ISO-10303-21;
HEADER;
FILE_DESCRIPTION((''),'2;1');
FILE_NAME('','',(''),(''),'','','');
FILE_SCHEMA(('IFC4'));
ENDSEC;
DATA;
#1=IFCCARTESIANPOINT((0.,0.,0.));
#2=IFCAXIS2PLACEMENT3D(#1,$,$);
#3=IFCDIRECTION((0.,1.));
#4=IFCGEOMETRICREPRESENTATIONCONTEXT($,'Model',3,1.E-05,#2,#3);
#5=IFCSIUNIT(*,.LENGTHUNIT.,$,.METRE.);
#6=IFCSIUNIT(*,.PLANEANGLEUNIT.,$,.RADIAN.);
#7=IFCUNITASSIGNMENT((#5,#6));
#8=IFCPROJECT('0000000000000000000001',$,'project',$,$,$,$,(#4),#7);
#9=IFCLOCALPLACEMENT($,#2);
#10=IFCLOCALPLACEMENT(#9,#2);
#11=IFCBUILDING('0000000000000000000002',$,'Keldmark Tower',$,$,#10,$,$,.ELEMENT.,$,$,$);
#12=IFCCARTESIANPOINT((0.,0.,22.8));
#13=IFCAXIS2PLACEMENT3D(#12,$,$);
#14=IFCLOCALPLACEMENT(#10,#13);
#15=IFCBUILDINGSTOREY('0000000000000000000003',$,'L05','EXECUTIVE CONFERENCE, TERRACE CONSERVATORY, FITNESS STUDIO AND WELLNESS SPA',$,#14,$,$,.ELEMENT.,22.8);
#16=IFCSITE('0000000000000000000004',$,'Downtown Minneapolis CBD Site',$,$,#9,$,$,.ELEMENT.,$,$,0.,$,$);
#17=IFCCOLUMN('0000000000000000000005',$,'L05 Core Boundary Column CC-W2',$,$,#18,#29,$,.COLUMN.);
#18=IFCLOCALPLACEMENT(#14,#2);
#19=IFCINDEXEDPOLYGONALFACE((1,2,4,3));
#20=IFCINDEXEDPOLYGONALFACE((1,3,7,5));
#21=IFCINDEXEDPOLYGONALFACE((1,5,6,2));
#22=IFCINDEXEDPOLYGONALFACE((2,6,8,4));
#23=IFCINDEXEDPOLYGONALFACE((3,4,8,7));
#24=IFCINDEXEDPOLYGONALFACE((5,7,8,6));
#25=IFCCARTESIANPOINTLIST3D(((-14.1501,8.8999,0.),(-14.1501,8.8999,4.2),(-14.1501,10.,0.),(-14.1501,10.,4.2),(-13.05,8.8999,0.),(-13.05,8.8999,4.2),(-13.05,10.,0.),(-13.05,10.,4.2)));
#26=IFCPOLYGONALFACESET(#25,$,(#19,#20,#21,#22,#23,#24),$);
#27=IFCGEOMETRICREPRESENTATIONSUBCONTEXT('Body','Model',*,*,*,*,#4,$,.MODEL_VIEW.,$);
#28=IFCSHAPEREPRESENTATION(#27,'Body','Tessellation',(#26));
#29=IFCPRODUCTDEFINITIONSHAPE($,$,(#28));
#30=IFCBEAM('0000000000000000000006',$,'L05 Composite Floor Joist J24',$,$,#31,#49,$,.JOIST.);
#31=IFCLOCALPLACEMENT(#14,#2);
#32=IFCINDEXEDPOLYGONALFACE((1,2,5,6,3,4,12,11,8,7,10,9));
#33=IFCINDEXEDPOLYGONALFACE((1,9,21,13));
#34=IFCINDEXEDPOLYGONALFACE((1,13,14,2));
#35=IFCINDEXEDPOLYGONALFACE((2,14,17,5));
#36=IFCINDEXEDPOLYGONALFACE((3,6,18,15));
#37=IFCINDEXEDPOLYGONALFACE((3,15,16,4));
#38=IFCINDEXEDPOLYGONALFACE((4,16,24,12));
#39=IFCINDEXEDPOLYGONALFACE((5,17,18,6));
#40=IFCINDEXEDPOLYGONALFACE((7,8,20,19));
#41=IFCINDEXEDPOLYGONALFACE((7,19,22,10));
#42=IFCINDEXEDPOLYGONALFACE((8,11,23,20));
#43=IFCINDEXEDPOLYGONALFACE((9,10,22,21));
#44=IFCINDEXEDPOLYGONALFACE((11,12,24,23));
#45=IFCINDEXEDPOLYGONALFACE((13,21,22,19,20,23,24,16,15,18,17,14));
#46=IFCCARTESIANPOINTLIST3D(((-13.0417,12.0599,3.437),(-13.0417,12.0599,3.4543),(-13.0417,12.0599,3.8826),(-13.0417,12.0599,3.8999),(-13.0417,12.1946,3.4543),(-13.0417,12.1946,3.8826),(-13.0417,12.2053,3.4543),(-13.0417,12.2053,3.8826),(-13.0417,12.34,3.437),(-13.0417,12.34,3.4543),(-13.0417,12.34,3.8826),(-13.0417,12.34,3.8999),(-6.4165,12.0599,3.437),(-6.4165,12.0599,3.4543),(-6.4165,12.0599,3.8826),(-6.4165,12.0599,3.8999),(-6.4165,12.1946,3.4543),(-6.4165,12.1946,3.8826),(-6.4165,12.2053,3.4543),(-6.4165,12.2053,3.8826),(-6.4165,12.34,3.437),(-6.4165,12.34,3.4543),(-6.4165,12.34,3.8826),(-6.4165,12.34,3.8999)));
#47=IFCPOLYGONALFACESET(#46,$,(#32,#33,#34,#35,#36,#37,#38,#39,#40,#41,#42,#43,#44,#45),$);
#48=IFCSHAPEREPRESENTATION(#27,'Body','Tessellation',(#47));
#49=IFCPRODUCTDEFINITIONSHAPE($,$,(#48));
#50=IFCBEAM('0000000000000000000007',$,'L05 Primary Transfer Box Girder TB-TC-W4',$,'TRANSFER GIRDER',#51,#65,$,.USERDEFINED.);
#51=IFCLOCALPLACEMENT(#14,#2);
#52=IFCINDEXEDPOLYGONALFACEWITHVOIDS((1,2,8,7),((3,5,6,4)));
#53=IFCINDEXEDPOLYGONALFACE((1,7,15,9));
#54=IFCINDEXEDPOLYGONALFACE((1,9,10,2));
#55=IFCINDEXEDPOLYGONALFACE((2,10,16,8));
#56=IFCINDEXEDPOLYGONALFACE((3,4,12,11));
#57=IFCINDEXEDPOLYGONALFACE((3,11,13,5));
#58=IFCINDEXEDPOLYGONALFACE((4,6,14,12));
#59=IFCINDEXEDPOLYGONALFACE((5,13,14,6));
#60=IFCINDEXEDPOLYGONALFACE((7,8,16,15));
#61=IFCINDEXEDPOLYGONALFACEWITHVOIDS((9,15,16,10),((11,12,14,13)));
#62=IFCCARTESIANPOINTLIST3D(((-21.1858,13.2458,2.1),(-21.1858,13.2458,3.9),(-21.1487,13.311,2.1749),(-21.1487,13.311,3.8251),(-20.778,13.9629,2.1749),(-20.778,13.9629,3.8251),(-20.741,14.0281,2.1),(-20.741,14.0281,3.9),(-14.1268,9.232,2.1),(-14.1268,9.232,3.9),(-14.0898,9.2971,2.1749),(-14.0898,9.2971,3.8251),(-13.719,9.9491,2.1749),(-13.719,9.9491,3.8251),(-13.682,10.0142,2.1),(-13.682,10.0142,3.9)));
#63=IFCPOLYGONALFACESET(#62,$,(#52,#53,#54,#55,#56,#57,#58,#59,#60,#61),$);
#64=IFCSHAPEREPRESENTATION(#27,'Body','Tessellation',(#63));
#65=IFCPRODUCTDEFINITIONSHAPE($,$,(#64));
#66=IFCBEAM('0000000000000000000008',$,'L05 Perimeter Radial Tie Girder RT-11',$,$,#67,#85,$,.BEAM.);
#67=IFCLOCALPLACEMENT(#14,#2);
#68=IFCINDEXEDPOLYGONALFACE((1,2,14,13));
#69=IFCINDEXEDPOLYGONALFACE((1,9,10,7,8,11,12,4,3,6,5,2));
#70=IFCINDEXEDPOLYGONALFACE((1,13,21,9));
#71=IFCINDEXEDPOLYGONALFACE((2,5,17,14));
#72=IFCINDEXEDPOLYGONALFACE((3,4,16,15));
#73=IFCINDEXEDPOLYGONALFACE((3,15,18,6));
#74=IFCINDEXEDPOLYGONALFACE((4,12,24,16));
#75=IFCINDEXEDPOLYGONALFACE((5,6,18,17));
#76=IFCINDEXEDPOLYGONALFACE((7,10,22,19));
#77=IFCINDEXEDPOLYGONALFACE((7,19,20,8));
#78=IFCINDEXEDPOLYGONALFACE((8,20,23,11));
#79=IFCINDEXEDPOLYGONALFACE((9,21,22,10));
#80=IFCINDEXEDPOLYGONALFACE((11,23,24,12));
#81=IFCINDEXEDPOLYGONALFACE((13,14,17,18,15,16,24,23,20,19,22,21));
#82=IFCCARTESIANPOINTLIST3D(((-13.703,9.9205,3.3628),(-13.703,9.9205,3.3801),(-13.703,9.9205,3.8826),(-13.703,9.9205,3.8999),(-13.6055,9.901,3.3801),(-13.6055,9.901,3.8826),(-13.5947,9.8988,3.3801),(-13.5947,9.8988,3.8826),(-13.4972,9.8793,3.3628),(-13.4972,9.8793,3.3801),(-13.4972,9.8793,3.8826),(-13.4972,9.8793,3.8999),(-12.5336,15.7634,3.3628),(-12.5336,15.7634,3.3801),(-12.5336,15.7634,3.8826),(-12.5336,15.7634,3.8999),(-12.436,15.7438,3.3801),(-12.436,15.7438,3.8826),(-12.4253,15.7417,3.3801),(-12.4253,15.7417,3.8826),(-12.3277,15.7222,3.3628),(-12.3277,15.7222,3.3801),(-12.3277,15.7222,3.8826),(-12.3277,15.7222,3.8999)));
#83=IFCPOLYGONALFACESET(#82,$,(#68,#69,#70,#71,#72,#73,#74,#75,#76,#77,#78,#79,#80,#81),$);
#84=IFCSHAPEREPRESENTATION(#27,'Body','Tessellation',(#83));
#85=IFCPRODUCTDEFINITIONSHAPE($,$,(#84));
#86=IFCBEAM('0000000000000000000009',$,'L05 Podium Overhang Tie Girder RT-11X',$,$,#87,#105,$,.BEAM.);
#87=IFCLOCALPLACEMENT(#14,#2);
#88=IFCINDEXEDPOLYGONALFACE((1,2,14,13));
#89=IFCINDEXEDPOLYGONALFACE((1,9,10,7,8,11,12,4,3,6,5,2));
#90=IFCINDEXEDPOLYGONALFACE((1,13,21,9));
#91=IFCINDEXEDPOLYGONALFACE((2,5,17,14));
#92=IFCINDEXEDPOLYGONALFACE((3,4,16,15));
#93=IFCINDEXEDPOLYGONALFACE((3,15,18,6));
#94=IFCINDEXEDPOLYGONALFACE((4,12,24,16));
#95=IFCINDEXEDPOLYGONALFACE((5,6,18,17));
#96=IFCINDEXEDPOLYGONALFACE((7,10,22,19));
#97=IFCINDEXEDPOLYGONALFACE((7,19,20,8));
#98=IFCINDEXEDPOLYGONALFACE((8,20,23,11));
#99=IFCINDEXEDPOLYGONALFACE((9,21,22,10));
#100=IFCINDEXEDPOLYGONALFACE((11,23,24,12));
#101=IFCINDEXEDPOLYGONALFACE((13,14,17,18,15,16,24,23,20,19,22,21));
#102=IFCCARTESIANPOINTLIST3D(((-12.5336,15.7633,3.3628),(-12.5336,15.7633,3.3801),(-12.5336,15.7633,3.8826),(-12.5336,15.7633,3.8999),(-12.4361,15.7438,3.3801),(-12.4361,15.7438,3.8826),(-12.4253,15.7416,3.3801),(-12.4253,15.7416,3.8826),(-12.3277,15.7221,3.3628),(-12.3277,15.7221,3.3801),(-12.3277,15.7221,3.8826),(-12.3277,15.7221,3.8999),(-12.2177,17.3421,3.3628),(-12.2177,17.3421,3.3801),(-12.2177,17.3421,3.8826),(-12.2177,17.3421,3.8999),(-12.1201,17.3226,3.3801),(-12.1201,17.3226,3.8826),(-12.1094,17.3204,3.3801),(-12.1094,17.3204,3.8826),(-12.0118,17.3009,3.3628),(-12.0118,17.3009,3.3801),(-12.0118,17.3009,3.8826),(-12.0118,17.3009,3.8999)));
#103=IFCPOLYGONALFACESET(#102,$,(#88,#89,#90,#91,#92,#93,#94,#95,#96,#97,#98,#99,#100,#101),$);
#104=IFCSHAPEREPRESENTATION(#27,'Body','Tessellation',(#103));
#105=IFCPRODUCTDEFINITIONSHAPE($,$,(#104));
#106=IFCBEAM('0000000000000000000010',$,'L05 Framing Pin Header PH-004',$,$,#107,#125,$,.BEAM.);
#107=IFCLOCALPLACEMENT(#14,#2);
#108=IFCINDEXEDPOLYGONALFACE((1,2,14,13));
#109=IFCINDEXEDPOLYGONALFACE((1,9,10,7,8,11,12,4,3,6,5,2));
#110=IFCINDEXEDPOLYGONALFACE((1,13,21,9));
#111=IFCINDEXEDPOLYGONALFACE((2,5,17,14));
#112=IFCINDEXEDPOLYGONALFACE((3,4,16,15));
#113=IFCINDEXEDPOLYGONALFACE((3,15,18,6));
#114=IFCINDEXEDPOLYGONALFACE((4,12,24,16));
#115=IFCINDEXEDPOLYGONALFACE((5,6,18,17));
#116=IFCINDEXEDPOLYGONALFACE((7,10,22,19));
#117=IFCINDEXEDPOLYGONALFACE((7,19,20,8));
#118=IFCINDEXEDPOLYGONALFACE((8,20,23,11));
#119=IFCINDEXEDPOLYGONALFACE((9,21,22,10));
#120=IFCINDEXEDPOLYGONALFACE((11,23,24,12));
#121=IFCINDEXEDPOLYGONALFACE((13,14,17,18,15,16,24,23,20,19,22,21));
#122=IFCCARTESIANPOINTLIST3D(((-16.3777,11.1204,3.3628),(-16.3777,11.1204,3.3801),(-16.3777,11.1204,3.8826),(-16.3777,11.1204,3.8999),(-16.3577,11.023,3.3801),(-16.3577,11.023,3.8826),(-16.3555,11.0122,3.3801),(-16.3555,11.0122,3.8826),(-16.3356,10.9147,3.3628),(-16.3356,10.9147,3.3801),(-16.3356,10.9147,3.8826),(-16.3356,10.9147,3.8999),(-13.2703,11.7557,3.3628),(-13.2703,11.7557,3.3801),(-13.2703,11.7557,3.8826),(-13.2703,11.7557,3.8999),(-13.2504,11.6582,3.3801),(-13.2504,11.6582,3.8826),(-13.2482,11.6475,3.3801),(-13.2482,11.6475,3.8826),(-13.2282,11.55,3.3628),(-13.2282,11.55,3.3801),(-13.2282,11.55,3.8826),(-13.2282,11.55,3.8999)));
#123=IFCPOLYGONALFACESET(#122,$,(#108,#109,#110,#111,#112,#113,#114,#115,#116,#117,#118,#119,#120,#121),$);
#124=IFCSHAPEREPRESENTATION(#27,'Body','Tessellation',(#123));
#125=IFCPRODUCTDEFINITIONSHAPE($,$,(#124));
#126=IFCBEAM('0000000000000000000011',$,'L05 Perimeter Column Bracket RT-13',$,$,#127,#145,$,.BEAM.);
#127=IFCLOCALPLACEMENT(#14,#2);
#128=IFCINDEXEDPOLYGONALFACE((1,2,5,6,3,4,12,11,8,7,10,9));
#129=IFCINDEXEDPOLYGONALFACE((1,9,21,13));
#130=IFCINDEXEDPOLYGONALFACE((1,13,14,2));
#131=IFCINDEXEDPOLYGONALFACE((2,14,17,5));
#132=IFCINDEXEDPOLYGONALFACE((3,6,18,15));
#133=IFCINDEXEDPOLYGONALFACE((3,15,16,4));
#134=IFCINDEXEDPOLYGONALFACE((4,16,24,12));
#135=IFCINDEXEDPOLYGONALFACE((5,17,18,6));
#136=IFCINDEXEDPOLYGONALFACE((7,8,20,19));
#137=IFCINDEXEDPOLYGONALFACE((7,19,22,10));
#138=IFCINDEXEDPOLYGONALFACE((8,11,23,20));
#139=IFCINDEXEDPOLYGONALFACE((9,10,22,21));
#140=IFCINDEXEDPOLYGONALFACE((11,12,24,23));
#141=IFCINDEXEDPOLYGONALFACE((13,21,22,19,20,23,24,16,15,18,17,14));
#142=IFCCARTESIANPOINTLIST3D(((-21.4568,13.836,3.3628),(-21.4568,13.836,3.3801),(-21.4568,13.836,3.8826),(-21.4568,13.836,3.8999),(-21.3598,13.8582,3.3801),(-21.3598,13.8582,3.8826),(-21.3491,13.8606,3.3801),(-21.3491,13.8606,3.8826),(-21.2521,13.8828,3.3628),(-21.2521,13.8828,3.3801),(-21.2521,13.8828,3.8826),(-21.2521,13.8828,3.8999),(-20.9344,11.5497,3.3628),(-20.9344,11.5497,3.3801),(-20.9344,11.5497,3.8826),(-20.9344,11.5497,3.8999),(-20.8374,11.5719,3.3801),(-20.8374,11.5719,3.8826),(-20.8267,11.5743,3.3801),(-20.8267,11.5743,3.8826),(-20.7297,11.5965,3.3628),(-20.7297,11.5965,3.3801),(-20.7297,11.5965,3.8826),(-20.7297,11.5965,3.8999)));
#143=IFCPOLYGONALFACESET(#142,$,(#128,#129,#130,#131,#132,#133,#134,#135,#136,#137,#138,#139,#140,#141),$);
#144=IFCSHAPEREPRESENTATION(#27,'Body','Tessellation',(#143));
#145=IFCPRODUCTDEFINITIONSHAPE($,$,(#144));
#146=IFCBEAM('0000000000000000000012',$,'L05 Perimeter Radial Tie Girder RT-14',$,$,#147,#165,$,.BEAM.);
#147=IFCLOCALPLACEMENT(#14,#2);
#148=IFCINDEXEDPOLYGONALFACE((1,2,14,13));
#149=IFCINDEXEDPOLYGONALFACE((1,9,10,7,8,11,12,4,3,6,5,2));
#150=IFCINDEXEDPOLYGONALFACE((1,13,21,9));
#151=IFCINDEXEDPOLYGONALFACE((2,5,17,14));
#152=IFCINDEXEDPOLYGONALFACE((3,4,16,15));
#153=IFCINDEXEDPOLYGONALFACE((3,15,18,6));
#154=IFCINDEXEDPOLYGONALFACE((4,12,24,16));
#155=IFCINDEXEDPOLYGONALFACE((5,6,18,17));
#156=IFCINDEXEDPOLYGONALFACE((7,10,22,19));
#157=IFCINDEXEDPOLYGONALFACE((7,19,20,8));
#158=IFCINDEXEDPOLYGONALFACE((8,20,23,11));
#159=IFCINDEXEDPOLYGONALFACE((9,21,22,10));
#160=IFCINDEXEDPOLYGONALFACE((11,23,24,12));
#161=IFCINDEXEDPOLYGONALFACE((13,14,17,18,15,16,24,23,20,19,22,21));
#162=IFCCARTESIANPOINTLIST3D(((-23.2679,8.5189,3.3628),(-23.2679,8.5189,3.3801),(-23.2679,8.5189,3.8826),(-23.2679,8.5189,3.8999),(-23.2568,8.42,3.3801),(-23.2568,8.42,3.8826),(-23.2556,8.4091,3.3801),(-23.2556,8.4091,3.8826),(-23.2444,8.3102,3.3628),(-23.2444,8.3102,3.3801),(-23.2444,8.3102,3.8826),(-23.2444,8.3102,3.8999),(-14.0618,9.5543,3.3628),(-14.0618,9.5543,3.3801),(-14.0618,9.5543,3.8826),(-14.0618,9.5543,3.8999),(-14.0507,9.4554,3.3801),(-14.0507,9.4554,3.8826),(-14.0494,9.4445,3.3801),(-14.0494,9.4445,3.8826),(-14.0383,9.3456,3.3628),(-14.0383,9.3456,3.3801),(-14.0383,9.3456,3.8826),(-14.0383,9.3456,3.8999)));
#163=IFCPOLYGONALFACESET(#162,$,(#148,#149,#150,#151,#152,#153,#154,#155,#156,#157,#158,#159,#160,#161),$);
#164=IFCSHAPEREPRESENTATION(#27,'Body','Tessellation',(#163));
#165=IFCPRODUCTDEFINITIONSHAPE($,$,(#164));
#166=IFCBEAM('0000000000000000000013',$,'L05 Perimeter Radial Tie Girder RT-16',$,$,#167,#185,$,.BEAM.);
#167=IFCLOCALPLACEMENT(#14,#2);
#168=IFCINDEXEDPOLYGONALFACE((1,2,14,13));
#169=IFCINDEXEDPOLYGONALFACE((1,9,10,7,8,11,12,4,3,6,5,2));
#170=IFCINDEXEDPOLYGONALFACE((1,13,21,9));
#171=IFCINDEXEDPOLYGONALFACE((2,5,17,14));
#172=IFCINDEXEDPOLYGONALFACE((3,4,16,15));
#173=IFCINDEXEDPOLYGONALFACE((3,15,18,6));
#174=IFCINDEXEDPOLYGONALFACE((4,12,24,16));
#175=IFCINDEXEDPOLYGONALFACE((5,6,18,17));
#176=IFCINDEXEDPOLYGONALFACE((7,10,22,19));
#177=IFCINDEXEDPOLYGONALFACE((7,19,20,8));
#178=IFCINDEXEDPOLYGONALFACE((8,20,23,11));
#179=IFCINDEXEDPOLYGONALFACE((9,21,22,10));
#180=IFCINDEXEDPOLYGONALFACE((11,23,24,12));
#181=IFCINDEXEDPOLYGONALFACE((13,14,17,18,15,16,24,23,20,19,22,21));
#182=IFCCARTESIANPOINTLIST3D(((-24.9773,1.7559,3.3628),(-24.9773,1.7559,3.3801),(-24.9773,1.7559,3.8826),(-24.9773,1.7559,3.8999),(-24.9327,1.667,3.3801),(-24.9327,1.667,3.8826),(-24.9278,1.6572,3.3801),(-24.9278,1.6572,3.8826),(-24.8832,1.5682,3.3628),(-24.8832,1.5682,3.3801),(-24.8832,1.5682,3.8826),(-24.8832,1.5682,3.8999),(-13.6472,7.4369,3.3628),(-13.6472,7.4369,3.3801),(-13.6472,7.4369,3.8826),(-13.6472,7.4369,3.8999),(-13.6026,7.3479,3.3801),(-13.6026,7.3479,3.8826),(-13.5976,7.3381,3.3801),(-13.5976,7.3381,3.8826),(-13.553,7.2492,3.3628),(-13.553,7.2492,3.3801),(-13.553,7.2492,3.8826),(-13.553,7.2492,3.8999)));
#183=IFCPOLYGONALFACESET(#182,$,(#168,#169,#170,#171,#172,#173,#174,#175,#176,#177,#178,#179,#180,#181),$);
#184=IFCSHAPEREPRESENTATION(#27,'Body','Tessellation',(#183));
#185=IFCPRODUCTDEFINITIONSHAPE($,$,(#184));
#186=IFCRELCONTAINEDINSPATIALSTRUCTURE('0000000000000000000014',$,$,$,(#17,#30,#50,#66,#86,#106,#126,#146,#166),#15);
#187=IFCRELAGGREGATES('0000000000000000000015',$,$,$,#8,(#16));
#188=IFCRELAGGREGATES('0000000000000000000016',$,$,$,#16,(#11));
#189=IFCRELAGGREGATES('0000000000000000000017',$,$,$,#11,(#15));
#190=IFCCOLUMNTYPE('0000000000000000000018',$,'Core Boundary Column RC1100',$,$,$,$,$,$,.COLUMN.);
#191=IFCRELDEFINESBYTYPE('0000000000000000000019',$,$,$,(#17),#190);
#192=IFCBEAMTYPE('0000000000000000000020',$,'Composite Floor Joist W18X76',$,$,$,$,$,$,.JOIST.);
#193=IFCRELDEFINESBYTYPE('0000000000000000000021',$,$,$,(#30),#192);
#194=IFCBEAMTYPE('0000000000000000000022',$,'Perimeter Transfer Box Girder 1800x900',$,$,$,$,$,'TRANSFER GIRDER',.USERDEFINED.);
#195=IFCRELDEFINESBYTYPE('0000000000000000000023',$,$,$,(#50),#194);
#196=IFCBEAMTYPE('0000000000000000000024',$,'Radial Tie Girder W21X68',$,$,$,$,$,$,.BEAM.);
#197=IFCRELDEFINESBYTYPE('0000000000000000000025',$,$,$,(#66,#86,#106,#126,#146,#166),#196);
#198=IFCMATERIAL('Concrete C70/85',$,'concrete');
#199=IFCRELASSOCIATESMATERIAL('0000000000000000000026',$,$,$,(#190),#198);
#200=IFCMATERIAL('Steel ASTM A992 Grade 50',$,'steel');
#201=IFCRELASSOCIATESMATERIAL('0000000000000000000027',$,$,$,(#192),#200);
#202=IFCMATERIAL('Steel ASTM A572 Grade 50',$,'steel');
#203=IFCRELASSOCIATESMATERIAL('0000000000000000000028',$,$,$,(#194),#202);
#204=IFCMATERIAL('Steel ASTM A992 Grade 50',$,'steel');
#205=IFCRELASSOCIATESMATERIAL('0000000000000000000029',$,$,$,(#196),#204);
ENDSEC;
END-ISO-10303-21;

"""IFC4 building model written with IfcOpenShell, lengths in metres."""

from ifc_helpers import new_model, si_unit, direction, frame, origin, origin_2d, place, context, subcontext, project, spatial, rectangle, hollow_rectangle, i_section, extrude, material, material_profile, profile_set, type_object, element, save


model = new_model("IFC4")

# Units and contexts
model_context = context("Model", 3, precision=1e-05, world=origin(), true_north=direction((0.0, 1.0)))
body_context = subcontext(model_context, "Body", "Model", "MODEL_VIEW")
ifc_project = project(units=[si_unit("LENGTHUNIT", "METRE"), si_unit("PLANEANGLEUNIT", "RADIAN")], contexts=[model_context])

# Site, building, storey
site_placement = place(None, origin())
site = spatial("IfcSite", under=ifc_project, at=site_placement, Name="Downtown Minneapolis CBD Site", CompositionType="ELEMENT", RefElevation=0.0)
building_placement = place(site_placement, origin())
building = spatial("IfcBuilding", under=site, at=building_placement, Name="Keldmark Tower", CompositionType="ELEMENT")
storey_placement = place(building_placement, frame((0.0, 0.0, 22.8)))
storey = spatial("IfcBuildingStorey", under=building, at=storey_placement, Name="L05", Description="EXECUTIVE CONFERENCE, TERRACE CONSERVATORY, FITNESS STUDIO AND WELLNESS SPA", CompositionType="ELEMENT", Elevation=22.8)

# Column
ifc_material_1 = material(Name="Concrete C70/85", Category="concrete")
ifc_material_profile_1 = material_profile(ifc_material_1, rectangle(XDim=1.1001, YDim=1.1001, at=origin_2d()), Name="RC1100X1100")
ifc_profile_set_1 = profile_set([ifc_material_profile_1], Name="Concrete C70/85")
column_type = type_object("IfcColumnType", Name="Core Boundary Column RC1100", PredefinedType="COLUMN", material=ifc_profile_set_1)
column_placement = place(storey_placement, frame((-13.6001, 9.45, 0.0), z_axis=(0.0, 0.0, 1.0), x_axis=(1.0, 0.0, 0.0)))
element("IfcColumn", 1, at=column_placement, inside=storey, type_object=column_type, Name="L05 Core Boundary Column CC-W2", PredefinedType="COLUMN", context=body_context, shape_type="SweptSolid", body=[
    extrude(rectangle(XDim=1.1001, YDim=1.1001, at=origin_2d()), origin(), (0.0, 0.0, 1.0), 4.2),
])

# Beams
ifc_material_2 = material(Name="Steel ASTM A992 Grade 50", Category="steel")
ifc_material_profile_2 = material_profile(ifc_material_2, i_section(OverallWidth=0.28, OverallDepth=0.4629, WebThickness=0.0107, FlangeThickness=0.0173, at=origin_2d()), Name="W18X76")
ifc_profile_set_2 = profile_set([ifc_material_profile_2], Name="Steel ASTM A992 Grade 50")
beam_type_1 = type_object("IfcBeamType", Name="Composite Floor Joist W18X76", PredefinedType="JOIST", material=ifc_profile_set_2)
beam_1_placement = place(storey_placement, frame((-13.0417, 12.2, 3.6685), z_axis=(1.0, 0.0, 0.0), x_axis=(0.0, 1.0, 0.0)))
element("IfcBeam", 2, at=beam_1_placement, inside=storey, type_object=beam_type_1, Name="L05 Composite Floor Joist J24", PredefinedType="JOIST", context=body_context, shape_type="SweptSolid", body=[
    extrude(i_section(OverallWidth=0.28, OverallDepth=0.4629, WebThickness=0.0107, FlangeThickness=0.0173, at=origin_2d()), origin(), (0.0, 0.0, 1.0), 6.6252),
])
ifc_material_3 = material(Name="Steel ASTM A572 Grade 50", Category="steel")
ifc_material_profile_3 = material_profile(ifc_material_3, hollow_rectangle(XDim=0.8999, YDim=1.8, WallThickness=0.075, at=origin_2d()), Name="TBOX1800X900X75")
ifc_profile_set_3 = profile_set([ifc_material_profile_3], Name="Steel ASTM A572 Grade 50")
beam_type_2 = type_object("IfcBeamType", Name="Perimeter Transfer Box Girder 1800x900", ElementType="TRANSFER GIRDER", PredefinedType="USERDEFINED", material=ifc_profile_set_3)
beam_2_placement = place(storey_placement, frame((-20.9634, 13.637, 3.0), z_axis=(0.869294, -0.494296, 0.0), x_axis=(0.494296, 0.869294, 0.0)))
element("IfcBeam", 3, at=beam_2_placement, inside=storey, type_object=beam_type_2, Name="L05 Primary Transfer Box Girder TB-TC-W4", ObjectType="TRANSFER GIRDER", PredefinedType="USERDEFINED", context=body_context, shape_type="SweptSolid", body=[
    extrude(hollow_rectangle(XDim=0.8999, YDim=1.8, WallThickness=0.075, at=origin_2d()), origin(), (0.0, 0.0, 1.0), 8.1204),
])
ifc_material_4 = material(Name="Steel ASTM A992 Grade 50", Category="steel")
ifc_material_profile_4 = material_profile(ifc_material_4, i_section(OverallWidth=0.21, OverallDepth=0.5371, WebThickness=0.011, FlangeThickness=0.0173, at=origin_2d()), Name="W21X68")
ifc_profile_set_4 = profile_set([ifc_material_profile_4], Name="Steel ASTM A992 Grade 50")
beam_type_3 = type_object("IfcBeamType", Name="Radial Tie Girder W21X68", PredefinedType="BEAM", material=ifc_profile_set_4)
beam_3_placement = place(storey_placement, frame((-13.6001, 9.8999, 3.6313), z_axis=(0.196258, 0.980552, 0.0), x_axis=(-0.980552, 0.196258, 0.0)))
element("IfcBeam", 4, at=beam_3_placement, inside=storey, type_object=beam_type_3, Name="L05 Perimeter Radial Tie Girder RT-11", PredefinedType="BEAM", context=body_context, shape_type="SweptSolid", body=[
    extrude(i_section(OverallWidth=0.21, OverallDepth=0.5371, WebThickness=0.011, FlangeThickness=0.0173, at=origin_2d()), origin(), (0.0, 0.0, 1.0), 5.9587),
])
beam_4_placement = place(storey_placement, frame((-12.4307, 15.7427, 3.6313), z_axis=(0.196204, 0.980563, 0.0), x_axis=(-0.980563, 0.196204, 0.0)))
element("IfcBeam", 5, at=beam_4_placement, inside=storey, type_object=beam_type_3, Name="L05 Podium Overhang Tie Girder RT-11X", PredefinedType="BEAM", context=body_context, shape_type="SweptSolid", body=[
    extrude(i_section(OverallWidth=0.21, OverallDepth=0.5371, WebThickness=0.011, FlangeThickness=0.0173, at=origin_2d()), origin(), (0.0, 0.0, 1.0), 1.6101),
])
beam_5_placement = place(storey_placement, frame((-13.2493, 11.6528, 3.6313), z_axis=(-0.979737, -0.200289, 0.0), x_axis=(0.200289, -0.979737, 0.0)))
element("IfcBeam", 6, at=beam_5_placement, inside=storey, type_object=beam_type_3, Name="L05 Framing Pin Header PH-004", PredefinedType="BEAM", context=body_context, shape_type="SweptSolid", body=[
    extrude(i_section(OverallWidth=0.21, OverallDepth=0.5371, WebThickness=0.011, FlangeThickness=0.0173, at=origin_2d()), origin(), (0.0, 0.0, 1.0), 3.1716),
])
beam_6_placement = place(storey_placement, frame((-21.3545, 13.8594, 3.6313), z_axis=(0.222768, -0.974871, 0.0), x_axis=(0.974871, 0.222768, 0.0)))
element("IfcBeam", 7, at=beam_6_placement, inside=storey, type_object=beam_type_3, Name="L05 Perimeter Column Bracket RT-13", PredefinedType="BEAM", context=body_context, shape_type="SweptSolid", body=[
    extrude(i_section(OverallWidth=0.21, OverallDepth=0.5371, WebThickness=0.011, FlangeThickness=0.0173, at=origin_2d()), origin(), (0.0, 0.0, 1.0), 2.3452),
])
beam_7_placement = place(storey_placement, frame((-14.05, 9.45, 3.6313), z_axis=(-0.993735, -0.111765, 0.0), x_axis=(0.111765, -0.993735, 0.0)))
element("IfcBeam", 8, at=beam_7_placement, inside=storey, type_object=beam_type_3, Name="L05 Perimeter Radial Tie Girder RT-14", PredefinedType="BEAM", context=body_context, shape_type="SweptSolid", body=[
    extrude(i_section(OverallWidth=0.21, OverallDepth=0.5371, WebThickness=0.011, FlangeThickness=0.0173, at=origin_2d()), origin(), (0.0, 0.0, 1.0), 9.2642),
])
beam_8_placement = place(storey_placement, frame((-13.6001, 7.343, 3.6313), z_axis=(-0.893926, -0.448215, 0.0), x_axis=(0.448215, -0.893926, 0.0)))
element("IfcBeam", 9, at=beam_8_placement, inside=storey, type_object=beam_type_3, Name="L05 Perimeter Radial Tie Girder RT-16", PredefinedType="BEAM", context=body_context, shape_type="SweptSolid", body=[
    extrude(i_section(OverallWidth=0.21, OverallDepth=0.5371, WebThickness=0.011, FlangeThickness=0.0173, at=origin_2d()), origin(), (0.0, 0.0, 1.0), 12.6746),
])

save(model, "model.ifc")
